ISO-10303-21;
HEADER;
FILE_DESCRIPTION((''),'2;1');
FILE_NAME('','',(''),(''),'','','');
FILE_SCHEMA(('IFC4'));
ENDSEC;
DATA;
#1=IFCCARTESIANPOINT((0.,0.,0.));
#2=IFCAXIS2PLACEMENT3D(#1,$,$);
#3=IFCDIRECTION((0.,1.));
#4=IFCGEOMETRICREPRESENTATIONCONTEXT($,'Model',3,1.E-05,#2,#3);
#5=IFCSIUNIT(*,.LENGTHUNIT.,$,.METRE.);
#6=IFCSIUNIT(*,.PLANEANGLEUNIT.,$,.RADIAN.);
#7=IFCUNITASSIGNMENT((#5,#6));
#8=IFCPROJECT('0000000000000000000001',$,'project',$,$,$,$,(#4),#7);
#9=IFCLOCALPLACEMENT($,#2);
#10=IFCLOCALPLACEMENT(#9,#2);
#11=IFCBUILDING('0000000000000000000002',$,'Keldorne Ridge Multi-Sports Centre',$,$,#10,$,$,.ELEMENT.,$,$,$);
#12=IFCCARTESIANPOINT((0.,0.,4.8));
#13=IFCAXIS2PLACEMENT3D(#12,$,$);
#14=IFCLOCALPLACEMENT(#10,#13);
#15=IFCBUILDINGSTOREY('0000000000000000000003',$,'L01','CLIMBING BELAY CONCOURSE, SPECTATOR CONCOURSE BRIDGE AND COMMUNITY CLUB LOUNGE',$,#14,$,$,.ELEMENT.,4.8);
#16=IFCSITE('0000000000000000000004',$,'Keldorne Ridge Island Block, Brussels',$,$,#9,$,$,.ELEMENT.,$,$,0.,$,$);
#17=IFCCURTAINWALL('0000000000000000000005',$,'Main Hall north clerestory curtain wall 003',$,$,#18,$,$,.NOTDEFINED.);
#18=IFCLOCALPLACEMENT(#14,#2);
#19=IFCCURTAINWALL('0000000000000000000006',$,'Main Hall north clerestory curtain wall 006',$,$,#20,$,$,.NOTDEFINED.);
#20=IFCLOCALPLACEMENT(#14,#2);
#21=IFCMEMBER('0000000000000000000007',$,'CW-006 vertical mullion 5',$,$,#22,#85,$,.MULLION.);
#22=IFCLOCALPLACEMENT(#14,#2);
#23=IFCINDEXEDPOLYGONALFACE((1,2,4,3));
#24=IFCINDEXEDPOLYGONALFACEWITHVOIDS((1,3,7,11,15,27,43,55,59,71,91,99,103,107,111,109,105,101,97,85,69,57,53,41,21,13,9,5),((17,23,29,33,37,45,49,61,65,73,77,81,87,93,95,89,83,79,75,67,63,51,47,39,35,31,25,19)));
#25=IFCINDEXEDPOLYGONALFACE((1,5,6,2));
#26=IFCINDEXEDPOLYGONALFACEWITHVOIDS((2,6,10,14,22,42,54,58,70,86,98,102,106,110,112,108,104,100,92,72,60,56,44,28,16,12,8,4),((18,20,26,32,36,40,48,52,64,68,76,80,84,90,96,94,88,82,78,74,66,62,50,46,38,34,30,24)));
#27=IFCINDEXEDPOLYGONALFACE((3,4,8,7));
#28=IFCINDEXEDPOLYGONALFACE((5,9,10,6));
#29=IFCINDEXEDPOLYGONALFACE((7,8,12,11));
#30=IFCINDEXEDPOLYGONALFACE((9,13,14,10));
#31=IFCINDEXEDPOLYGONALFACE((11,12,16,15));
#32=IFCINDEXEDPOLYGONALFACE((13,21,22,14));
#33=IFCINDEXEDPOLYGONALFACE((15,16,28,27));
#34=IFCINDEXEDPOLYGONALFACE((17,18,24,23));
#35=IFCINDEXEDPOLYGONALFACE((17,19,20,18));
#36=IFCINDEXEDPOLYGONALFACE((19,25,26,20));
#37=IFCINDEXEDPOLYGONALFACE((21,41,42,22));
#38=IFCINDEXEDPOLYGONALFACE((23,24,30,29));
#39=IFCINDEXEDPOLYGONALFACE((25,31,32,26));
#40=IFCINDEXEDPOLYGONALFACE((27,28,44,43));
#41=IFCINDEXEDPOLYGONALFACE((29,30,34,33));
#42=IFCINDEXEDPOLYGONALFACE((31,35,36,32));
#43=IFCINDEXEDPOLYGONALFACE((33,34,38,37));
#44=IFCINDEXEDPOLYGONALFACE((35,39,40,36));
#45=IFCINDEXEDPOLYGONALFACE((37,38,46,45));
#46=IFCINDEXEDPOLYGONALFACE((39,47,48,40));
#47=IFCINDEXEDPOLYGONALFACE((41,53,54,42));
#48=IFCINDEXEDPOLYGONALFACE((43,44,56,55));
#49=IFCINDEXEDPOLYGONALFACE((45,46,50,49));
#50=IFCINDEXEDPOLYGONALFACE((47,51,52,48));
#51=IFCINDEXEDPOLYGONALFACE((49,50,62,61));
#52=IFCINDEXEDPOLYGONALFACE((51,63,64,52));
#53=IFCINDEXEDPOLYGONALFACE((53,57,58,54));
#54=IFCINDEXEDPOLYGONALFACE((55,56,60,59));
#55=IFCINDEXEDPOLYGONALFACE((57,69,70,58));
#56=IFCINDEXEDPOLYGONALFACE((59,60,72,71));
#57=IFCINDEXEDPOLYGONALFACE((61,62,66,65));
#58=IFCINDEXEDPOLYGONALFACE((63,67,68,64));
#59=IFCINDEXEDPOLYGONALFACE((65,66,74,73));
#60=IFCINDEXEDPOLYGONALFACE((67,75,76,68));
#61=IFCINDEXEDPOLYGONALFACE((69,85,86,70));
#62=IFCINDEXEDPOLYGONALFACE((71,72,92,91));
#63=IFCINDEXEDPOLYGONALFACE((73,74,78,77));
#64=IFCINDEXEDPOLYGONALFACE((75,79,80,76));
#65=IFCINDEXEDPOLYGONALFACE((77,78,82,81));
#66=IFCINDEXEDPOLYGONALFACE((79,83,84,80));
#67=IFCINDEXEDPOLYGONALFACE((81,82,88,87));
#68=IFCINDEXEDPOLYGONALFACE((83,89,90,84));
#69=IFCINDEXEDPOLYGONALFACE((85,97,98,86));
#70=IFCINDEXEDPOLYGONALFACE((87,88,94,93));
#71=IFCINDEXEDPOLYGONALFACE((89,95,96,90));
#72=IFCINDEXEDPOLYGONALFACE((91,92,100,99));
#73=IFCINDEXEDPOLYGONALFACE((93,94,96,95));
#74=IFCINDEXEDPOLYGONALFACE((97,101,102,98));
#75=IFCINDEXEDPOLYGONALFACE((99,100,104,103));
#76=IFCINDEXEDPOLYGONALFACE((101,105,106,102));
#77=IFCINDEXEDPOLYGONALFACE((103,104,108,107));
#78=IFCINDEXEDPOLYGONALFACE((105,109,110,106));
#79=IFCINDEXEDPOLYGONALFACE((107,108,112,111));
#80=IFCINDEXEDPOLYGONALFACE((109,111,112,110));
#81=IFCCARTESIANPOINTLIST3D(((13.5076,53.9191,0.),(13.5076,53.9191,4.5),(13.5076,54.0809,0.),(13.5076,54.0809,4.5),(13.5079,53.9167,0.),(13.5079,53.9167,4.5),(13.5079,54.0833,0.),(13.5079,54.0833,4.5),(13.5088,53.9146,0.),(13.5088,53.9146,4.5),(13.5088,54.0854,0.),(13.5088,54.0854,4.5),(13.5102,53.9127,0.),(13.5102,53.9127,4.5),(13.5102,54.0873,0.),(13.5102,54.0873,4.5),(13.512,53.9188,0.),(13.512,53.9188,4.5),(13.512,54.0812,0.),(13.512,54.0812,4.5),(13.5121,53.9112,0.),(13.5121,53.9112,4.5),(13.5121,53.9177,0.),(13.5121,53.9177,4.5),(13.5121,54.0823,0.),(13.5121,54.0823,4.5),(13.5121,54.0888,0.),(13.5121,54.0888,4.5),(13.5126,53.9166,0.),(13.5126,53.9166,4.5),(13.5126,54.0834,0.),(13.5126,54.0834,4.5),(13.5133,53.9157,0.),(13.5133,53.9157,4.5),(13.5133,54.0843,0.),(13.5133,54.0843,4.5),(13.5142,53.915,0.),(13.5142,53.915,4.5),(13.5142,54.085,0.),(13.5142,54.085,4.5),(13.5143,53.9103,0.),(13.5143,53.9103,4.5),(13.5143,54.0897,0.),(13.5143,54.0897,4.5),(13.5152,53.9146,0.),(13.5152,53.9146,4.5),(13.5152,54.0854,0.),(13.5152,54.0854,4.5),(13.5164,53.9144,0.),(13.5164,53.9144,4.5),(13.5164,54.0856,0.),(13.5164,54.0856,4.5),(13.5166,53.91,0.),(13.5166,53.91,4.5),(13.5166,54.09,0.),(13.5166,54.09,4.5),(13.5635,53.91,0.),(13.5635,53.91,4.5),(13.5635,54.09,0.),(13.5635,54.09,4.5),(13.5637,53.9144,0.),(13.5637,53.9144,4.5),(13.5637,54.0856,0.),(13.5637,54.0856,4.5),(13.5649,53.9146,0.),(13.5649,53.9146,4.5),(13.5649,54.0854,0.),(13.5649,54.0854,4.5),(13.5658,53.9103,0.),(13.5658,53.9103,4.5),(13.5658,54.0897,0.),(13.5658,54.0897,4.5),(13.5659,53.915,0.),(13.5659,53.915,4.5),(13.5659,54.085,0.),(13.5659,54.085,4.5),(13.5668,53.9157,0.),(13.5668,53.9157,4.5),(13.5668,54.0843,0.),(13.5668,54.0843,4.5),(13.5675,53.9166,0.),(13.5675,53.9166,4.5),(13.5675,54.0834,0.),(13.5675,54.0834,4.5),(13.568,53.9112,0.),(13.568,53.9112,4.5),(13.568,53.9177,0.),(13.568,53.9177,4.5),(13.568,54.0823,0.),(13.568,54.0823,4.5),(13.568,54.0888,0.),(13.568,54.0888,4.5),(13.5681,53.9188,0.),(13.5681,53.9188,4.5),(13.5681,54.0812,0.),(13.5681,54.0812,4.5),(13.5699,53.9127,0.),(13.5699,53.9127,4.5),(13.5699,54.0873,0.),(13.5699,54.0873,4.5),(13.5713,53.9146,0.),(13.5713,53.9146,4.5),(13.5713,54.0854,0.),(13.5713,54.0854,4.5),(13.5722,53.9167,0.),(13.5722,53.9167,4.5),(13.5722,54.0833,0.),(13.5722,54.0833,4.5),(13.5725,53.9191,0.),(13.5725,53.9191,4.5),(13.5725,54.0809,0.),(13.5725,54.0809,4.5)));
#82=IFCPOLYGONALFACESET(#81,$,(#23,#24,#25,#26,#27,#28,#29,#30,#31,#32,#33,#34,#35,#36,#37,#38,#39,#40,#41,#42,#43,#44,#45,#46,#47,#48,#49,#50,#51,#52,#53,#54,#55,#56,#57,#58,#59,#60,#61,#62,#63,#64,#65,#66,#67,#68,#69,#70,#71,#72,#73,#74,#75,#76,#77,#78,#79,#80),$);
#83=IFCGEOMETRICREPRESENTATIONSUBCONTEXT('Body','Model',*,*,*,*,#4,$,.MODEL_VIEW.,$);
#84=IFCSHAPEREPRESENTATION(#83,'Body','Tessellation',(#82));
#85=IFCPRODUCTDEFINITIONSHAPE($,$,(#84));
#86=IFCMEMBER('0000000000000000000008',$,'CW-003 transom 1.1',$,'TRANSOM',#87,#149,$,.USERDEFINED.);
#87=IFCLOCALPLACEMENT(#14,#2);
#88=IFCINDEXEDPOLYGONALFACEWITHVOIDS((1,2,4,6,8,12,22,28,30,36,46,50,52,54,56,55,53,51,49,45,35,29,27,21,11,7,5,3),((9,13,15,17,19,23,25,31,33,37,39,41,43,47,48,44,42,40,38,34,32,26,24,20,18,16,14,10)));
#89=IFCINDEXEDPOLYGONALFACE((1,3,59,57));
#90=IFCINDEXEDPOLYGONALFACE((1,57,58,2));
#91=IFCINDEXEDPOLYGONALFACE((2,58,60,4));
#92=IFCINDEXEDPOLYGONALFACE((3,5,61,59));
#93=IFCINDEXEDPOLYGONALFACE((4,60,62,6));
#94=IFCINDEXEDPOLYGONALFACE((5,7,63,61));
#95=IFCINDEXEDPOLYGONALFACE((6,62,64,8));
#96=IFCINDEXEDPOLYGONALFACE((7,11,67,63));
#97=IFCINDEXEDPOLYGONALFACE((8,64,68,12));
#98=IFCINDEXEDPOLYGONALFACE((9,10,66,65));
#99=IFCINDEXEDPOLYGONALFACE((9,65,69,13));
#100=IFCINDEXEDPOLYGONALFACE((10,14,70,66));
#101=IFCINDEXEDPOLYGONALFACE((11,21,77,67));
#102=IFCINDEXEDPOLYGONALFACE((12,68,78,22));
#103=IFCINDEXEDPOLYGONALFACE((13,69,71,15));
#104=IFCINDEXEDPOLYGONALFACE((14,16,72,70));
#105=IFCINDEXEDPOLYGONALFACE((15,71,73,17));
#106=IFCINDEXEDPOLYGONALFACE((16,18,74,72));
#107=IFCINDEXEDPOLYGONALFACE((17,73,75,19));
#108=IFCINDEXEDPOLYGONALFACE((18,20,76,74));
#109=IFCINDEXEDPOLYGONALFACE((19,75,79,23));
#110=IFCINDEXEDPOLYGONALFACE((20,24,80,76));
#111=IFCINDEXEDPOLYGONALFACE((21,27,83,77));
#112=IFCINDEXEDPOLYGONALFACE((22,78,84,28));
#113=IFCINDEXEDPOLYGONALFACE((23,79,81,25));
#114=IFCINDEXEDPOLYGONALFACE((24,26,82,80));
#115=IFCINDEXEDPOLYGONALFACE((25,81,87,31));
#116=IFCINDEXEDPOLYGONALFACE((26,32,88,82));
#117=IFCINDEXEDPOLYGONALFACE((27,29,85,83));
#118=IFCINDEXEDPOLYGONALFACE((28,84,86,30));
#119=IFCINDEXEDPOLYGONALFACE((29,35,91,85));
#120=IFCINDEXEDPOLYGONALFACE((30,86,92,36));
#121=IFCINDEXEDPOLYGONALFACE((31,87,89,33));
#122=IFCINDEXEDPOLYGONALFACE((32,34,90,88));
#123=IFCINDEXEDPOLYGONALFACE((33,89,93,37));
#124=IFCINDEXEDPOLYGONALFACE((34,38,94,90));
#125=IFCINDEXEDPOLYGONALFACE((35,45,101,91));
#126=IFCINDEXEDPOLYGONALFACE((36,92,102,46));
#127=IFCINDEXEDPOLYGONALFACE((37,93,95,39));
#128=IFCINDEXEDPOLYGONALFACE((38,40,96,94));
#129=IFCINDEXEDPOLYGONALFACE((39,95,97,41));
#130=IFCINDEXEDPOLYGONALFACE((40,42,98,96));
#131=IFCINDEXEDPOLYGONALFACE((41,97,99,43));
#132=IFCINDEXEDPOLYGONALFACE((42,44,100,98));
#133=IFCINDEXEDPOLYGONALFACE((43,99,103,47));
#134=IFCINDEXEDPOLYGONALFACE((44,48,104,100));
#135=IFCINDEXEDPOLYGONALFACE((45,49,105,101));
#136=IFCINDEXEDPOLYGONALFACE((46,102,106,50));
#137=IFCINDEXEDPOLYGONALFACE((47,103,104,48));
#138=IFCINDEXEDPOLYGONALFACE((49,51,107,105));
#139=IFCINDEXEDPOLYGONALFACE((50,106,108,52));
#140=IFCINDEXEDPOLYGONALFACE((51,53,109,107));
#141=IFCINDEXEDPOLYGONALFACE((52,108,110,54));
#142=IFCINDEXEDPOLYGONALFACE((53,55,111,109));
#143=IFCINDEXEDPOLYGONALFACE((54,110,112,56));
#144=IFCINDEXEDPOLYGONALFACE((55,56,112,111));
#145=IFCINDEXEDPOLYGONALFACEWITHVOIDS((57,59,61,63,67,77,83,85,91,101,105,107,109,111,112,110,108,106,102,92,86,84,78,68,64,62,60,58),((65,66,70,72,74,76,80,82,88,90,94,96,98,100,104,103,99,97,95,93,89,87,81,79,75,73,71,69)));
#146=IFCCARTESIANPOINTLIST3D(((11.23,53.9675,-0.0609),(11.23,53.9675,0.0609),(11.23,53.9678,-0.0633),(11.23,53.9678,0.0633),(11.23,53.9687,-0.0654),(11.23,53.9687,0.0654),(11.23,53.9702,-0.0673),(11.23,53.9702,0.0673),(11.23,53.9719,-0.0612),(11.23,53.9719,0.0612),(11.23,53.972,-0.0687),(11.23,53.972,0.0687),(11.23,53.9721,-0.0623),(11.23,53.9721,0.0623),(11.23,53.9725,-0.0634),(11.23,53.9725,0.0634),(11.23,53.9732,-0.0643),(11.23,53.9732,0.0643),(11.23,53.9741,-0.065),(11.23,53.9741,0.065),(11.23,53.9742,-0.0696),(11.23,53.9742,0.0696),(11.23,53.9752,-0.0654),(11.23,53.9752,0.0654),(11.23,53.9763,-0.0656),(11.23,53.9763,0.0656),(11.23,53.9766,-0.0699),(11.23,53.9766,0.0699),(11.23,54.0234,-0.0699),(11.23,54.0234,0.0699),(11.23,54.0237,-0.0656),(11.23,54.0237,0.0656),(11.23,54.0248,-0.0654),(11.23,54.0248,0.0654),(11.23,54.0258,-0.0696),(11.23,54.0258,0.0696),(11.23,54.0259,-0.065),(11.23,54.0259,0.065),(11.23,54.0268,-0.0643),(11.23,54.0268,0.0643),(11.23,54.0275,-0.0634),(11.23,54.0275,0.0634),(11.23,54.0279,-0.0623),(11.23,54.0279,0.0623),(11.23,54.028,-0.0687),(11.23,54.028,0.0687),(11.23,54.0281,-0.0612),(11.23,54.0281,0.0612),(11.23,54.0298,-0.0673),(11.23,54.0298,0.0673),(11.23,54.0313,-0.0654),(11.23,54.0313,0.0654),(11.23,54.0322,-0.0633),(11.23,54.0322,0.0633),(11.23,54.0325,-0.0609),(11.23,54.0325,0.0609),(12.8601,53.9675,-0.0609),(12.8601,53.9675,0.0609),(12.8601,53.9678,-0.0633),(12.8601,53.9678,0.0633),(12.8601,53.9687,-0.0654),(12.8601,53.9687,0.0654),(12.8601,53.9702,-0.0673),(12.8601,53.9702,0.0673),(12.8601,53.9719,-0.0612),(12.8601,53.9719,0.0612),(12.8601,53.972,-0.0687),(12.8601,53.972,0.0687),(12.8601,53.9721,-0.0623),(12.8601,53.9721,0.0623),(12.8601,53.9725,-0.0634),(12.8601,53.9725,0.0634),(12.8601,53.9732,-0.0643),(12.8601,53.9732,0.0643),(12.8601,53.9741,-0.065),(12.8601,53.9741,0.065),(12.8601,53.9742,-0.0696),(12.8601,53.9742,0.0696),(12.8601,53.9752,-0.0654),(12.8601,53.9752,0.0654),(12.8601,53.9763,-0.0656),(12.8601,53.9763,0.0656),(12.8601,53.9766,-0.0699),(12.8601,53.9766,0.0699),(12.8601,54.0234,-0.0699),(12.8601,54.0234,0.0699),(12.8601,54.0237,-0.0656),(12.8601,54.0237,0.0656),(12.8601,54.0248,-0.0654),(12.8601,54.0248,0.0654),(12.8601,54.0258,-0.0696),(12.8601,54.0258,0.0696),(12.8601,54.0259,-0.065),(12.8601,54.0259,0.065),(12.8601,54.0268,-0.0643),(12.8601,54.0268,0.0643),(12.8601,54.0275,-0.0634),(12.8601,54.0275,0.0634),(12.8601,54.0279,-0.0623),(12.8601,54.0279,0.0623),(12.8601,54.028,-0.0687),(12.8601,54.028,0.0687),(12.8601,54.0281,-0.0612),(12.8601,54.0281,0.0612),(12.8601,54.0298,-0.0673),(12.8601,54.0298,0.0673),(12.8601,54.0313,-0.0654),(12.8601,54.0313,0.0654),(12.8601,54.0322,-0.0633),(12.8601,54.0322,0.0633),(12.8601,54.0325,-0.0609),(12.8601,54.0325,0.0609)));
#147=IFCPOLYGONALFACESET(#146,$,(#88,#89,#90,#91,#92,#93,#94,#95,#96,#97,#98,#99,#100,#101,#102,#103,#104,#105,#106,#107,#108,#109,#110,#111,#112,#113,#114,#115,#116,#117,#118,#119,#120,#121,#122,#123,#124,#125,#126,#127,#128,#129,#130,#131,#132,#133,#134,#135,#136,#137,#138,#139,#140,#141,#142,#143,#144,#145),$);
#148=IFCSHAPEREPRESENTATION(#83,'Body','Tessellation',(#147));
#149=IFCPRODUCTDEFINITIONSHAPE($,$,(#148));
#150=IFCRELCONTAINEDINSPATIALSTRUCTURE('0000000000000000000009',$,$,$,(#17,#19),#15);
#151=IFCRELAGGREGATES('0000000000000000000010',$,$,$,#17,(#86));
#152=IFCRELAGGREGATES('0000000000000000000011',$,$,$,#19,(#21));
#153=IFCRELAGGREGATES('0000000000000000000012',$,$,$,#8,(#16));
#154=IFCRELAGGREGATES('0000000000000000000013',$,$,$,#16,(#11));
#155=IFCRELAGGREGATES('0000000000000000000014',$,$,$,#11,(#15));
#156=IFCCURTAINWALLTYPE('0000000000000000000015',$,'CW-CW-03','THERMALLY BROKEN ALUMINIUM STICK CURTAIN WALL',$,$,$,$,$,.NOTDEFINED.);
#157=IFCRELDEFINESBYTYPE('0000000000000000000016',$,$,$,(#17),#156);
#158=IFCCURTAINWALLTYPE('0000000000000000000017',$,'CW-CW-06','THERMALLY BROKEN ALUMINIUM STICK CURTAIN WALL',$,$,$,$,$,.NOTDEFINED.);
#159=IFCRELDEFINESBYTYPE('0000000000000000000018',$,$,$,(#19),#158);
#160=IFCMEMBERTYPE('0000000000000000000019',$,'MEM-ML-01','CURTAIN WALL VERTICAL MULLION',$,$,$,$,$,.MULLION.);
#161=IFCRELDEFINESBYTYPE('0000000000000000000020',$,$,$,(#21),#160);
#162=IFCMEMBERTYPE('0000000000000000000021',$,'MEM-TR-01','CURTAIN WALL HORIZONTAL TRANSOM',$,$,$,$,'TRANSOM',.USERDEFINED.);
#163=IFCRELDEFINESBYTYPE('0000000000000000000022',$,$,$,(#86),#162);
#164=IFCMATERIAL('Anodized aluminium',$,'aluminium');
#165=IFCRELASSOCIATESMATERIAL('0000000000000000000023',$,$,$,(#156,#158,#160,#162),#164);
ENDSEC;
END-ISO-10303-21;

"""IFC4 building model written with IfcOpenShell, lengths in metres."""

from ifc_helpers import new_model, si_unit, direction, frame, origin, origin_2d, place, context, subcontext, project, spatial, hollow_rectangle, extrude, material, material_profile, profile_set, type_object, element, aggregate, save


model = new_model("IFC4")

# Units and contexts
model_context = context("Model", 3, precision=1e-05, world=origin(), true_north=direction((0.0, 1.0)))
body_context = subcontext(model_context, "Body", "Model", "MODEL_VIEW")
ifc_project = project(units=[si_unit("LENGTHUNIT", "METRE"), si_unit("PLANEANGLEUNIT", "RADIAN")], contexts=[model_context])

# Site, building, storey
site_placement = place(None, origin())
site = spatial("IfcSite", under=ifc_project, at=site_placement, Name="Keldorne Ridge Island Block, Brussels", CompositionType="ELEMENT", RefElevation=0.0)
building_placement = place(site_placement, origin())
building = spatial("IfcBuilding", under=site, at=building_placement, Name="Keldorne Ridge Multi-Sports Centre", CompositionType="ELEMENT")
storey_placement = place(building_placement, frame((0.0, 0.0, 4.8)))
storey = spatial("IfcBuildingStorey", under=building, at=storey_placement, Name="L01", Description="CLIMBING BELAY CONCOURSE, SPECTATOR CONCOURSE BRIDGE AND COMMUNITY CLUB LOUNGE", CompositionType="ELEMENT", Elevation=4.8)

# Curtain wall
ifc_material_1 = material(Name="Anodized aluminium", Category="aluminium")
curtain_wall_type_1 = type_object("IfcCurtainWallType", Name="CW-CW-03", Description="THERMALLY BROKEN ALUMINIUM STICK CURTAIN WALL", PredefinedType="NOTDEFINED", material=ifc_material_1)
curtain_wall_1_placement = place(storey_placement, origin())
curtain_wall_1 = element("IfcCurtainWall", 1, at=curtain_wall_1_placement, inside=storey, type_object=curtain_wall_type_1, Name="Main Hall north clerestory curtain wall 003", PredefinedType="NOTDEFINED")
ifc_material_profile_1 = material_profile(ifc_material_1, hollow_rectangle(XDim=0.0649, YDim=0.1799, WallThickness=0.0044, InnerFilletRadius=0.0044, OuterFilletRadius=0.009, at=origin_2d()), Name="ALU MULLION 180x65x4.5")
ifc_profile_set_1 = profile_set([ifc_material_profile_1], Name="Anodized aluminium")
member_type_1 = type_object("IfcMemberType", Name="MEM-ML-01", Description="CURTAIN WALL VERTICAL MULLION", PredefinedType="MULLION", material=ifc_profile_set_1)

# Curtain wall, member
curtain_wall_type_2 = type_object("IfcCurtainWallType", Name="CW-CW-06", Description="THERMALLY BROKEN ALUMINIUM STICK CURTAIN WALL", PredefinedType="NOTDEFINED", material=ifc_material_1)
curtain_wall_2_placement = place(storey_placement, origin())
curtain_wall_2 = element("IfcCurtainWall", 2, at=curtain_wall_2_placement, inside=storey, type_object=curtain_wall_type_2, Name="Main Hall north clerestory curtain wall 006", PredefinedType="NOTDEFINED")
member_1_placement = place(storey_placement, frame((13.54, 54.0, 0.0), z_axis=(0.0, 0.0, 1.0), x_axis=(1.0, 0.0, 0.0)))
member_1 = element("IfcMember", 3, at=member_1_placement, type_object=member_type_1, Name="CW-006 vertical mullion 5", PredefinedType="MULLION", context=body_context, shape_type="SweptSolid", body=[
    extrude(hollow_rectangle(XDim=0.0649, YDim=0.1799, WallThickness=0.0044, InnerFilletRadius=0.0044, OuterFilletRadius=0.009, at=origin_2d()), origin(), (0.0, 0.0, 1.0), 4.5),
])

# Member
ifc_material_profile_2 = material_profile(ifc_material_1, hollow_rectangle(XDim=0.0649, YDim=0.1399, WallThickness=0.0044, InnerFilletRadius=0.0044, OuterFilletRadius=0.009, at=origin_2d()), Name="ALU TRANSOM 140x65x4.5")
ifc_profile_set_2 = profile_set([ifc_material_profile_2], Name="Anodized aluminium")
member_type_2 = type_object("IfcMemberType", Name="MEM-TR-01", Description="CURTAIN WALL HORIZONTAL TRANSOM", ElementType="TRANSOM", PredefinedType="USERDEFINED", material=ifc_profile_set_2)
member_2_placement = place(storey_placement, frame((12.8601, 54.0, 0.0), z_axis=(-1.0, 0.0, 0.0), x_axis=(0.0, -1.0, 0.0)))
member_2 = element("IfcMember", 4, at=member_2_placement, type_object=member_type_2, Name="CW-003 transom 1.1", ObjectType="TRANSOM", PredefinedType="USERDEFINED", context=body_context, shape_type="SweptSolid", body=[
    extrude(hollow_rectangle(XDim=0.0649, YDim=0.1399, WallThickness=0.0044, InnerFilletRadius=0.0044, OuterFilletRadius=0.009, at=origin_2d()), origin(), (0.0, 0.0, 1.0), 1.6301),
])

aggregate(curtain_wall_1, [member_2])
aggregate(curtain_wall_2, [member_1])

save(model, "model.ifc")
